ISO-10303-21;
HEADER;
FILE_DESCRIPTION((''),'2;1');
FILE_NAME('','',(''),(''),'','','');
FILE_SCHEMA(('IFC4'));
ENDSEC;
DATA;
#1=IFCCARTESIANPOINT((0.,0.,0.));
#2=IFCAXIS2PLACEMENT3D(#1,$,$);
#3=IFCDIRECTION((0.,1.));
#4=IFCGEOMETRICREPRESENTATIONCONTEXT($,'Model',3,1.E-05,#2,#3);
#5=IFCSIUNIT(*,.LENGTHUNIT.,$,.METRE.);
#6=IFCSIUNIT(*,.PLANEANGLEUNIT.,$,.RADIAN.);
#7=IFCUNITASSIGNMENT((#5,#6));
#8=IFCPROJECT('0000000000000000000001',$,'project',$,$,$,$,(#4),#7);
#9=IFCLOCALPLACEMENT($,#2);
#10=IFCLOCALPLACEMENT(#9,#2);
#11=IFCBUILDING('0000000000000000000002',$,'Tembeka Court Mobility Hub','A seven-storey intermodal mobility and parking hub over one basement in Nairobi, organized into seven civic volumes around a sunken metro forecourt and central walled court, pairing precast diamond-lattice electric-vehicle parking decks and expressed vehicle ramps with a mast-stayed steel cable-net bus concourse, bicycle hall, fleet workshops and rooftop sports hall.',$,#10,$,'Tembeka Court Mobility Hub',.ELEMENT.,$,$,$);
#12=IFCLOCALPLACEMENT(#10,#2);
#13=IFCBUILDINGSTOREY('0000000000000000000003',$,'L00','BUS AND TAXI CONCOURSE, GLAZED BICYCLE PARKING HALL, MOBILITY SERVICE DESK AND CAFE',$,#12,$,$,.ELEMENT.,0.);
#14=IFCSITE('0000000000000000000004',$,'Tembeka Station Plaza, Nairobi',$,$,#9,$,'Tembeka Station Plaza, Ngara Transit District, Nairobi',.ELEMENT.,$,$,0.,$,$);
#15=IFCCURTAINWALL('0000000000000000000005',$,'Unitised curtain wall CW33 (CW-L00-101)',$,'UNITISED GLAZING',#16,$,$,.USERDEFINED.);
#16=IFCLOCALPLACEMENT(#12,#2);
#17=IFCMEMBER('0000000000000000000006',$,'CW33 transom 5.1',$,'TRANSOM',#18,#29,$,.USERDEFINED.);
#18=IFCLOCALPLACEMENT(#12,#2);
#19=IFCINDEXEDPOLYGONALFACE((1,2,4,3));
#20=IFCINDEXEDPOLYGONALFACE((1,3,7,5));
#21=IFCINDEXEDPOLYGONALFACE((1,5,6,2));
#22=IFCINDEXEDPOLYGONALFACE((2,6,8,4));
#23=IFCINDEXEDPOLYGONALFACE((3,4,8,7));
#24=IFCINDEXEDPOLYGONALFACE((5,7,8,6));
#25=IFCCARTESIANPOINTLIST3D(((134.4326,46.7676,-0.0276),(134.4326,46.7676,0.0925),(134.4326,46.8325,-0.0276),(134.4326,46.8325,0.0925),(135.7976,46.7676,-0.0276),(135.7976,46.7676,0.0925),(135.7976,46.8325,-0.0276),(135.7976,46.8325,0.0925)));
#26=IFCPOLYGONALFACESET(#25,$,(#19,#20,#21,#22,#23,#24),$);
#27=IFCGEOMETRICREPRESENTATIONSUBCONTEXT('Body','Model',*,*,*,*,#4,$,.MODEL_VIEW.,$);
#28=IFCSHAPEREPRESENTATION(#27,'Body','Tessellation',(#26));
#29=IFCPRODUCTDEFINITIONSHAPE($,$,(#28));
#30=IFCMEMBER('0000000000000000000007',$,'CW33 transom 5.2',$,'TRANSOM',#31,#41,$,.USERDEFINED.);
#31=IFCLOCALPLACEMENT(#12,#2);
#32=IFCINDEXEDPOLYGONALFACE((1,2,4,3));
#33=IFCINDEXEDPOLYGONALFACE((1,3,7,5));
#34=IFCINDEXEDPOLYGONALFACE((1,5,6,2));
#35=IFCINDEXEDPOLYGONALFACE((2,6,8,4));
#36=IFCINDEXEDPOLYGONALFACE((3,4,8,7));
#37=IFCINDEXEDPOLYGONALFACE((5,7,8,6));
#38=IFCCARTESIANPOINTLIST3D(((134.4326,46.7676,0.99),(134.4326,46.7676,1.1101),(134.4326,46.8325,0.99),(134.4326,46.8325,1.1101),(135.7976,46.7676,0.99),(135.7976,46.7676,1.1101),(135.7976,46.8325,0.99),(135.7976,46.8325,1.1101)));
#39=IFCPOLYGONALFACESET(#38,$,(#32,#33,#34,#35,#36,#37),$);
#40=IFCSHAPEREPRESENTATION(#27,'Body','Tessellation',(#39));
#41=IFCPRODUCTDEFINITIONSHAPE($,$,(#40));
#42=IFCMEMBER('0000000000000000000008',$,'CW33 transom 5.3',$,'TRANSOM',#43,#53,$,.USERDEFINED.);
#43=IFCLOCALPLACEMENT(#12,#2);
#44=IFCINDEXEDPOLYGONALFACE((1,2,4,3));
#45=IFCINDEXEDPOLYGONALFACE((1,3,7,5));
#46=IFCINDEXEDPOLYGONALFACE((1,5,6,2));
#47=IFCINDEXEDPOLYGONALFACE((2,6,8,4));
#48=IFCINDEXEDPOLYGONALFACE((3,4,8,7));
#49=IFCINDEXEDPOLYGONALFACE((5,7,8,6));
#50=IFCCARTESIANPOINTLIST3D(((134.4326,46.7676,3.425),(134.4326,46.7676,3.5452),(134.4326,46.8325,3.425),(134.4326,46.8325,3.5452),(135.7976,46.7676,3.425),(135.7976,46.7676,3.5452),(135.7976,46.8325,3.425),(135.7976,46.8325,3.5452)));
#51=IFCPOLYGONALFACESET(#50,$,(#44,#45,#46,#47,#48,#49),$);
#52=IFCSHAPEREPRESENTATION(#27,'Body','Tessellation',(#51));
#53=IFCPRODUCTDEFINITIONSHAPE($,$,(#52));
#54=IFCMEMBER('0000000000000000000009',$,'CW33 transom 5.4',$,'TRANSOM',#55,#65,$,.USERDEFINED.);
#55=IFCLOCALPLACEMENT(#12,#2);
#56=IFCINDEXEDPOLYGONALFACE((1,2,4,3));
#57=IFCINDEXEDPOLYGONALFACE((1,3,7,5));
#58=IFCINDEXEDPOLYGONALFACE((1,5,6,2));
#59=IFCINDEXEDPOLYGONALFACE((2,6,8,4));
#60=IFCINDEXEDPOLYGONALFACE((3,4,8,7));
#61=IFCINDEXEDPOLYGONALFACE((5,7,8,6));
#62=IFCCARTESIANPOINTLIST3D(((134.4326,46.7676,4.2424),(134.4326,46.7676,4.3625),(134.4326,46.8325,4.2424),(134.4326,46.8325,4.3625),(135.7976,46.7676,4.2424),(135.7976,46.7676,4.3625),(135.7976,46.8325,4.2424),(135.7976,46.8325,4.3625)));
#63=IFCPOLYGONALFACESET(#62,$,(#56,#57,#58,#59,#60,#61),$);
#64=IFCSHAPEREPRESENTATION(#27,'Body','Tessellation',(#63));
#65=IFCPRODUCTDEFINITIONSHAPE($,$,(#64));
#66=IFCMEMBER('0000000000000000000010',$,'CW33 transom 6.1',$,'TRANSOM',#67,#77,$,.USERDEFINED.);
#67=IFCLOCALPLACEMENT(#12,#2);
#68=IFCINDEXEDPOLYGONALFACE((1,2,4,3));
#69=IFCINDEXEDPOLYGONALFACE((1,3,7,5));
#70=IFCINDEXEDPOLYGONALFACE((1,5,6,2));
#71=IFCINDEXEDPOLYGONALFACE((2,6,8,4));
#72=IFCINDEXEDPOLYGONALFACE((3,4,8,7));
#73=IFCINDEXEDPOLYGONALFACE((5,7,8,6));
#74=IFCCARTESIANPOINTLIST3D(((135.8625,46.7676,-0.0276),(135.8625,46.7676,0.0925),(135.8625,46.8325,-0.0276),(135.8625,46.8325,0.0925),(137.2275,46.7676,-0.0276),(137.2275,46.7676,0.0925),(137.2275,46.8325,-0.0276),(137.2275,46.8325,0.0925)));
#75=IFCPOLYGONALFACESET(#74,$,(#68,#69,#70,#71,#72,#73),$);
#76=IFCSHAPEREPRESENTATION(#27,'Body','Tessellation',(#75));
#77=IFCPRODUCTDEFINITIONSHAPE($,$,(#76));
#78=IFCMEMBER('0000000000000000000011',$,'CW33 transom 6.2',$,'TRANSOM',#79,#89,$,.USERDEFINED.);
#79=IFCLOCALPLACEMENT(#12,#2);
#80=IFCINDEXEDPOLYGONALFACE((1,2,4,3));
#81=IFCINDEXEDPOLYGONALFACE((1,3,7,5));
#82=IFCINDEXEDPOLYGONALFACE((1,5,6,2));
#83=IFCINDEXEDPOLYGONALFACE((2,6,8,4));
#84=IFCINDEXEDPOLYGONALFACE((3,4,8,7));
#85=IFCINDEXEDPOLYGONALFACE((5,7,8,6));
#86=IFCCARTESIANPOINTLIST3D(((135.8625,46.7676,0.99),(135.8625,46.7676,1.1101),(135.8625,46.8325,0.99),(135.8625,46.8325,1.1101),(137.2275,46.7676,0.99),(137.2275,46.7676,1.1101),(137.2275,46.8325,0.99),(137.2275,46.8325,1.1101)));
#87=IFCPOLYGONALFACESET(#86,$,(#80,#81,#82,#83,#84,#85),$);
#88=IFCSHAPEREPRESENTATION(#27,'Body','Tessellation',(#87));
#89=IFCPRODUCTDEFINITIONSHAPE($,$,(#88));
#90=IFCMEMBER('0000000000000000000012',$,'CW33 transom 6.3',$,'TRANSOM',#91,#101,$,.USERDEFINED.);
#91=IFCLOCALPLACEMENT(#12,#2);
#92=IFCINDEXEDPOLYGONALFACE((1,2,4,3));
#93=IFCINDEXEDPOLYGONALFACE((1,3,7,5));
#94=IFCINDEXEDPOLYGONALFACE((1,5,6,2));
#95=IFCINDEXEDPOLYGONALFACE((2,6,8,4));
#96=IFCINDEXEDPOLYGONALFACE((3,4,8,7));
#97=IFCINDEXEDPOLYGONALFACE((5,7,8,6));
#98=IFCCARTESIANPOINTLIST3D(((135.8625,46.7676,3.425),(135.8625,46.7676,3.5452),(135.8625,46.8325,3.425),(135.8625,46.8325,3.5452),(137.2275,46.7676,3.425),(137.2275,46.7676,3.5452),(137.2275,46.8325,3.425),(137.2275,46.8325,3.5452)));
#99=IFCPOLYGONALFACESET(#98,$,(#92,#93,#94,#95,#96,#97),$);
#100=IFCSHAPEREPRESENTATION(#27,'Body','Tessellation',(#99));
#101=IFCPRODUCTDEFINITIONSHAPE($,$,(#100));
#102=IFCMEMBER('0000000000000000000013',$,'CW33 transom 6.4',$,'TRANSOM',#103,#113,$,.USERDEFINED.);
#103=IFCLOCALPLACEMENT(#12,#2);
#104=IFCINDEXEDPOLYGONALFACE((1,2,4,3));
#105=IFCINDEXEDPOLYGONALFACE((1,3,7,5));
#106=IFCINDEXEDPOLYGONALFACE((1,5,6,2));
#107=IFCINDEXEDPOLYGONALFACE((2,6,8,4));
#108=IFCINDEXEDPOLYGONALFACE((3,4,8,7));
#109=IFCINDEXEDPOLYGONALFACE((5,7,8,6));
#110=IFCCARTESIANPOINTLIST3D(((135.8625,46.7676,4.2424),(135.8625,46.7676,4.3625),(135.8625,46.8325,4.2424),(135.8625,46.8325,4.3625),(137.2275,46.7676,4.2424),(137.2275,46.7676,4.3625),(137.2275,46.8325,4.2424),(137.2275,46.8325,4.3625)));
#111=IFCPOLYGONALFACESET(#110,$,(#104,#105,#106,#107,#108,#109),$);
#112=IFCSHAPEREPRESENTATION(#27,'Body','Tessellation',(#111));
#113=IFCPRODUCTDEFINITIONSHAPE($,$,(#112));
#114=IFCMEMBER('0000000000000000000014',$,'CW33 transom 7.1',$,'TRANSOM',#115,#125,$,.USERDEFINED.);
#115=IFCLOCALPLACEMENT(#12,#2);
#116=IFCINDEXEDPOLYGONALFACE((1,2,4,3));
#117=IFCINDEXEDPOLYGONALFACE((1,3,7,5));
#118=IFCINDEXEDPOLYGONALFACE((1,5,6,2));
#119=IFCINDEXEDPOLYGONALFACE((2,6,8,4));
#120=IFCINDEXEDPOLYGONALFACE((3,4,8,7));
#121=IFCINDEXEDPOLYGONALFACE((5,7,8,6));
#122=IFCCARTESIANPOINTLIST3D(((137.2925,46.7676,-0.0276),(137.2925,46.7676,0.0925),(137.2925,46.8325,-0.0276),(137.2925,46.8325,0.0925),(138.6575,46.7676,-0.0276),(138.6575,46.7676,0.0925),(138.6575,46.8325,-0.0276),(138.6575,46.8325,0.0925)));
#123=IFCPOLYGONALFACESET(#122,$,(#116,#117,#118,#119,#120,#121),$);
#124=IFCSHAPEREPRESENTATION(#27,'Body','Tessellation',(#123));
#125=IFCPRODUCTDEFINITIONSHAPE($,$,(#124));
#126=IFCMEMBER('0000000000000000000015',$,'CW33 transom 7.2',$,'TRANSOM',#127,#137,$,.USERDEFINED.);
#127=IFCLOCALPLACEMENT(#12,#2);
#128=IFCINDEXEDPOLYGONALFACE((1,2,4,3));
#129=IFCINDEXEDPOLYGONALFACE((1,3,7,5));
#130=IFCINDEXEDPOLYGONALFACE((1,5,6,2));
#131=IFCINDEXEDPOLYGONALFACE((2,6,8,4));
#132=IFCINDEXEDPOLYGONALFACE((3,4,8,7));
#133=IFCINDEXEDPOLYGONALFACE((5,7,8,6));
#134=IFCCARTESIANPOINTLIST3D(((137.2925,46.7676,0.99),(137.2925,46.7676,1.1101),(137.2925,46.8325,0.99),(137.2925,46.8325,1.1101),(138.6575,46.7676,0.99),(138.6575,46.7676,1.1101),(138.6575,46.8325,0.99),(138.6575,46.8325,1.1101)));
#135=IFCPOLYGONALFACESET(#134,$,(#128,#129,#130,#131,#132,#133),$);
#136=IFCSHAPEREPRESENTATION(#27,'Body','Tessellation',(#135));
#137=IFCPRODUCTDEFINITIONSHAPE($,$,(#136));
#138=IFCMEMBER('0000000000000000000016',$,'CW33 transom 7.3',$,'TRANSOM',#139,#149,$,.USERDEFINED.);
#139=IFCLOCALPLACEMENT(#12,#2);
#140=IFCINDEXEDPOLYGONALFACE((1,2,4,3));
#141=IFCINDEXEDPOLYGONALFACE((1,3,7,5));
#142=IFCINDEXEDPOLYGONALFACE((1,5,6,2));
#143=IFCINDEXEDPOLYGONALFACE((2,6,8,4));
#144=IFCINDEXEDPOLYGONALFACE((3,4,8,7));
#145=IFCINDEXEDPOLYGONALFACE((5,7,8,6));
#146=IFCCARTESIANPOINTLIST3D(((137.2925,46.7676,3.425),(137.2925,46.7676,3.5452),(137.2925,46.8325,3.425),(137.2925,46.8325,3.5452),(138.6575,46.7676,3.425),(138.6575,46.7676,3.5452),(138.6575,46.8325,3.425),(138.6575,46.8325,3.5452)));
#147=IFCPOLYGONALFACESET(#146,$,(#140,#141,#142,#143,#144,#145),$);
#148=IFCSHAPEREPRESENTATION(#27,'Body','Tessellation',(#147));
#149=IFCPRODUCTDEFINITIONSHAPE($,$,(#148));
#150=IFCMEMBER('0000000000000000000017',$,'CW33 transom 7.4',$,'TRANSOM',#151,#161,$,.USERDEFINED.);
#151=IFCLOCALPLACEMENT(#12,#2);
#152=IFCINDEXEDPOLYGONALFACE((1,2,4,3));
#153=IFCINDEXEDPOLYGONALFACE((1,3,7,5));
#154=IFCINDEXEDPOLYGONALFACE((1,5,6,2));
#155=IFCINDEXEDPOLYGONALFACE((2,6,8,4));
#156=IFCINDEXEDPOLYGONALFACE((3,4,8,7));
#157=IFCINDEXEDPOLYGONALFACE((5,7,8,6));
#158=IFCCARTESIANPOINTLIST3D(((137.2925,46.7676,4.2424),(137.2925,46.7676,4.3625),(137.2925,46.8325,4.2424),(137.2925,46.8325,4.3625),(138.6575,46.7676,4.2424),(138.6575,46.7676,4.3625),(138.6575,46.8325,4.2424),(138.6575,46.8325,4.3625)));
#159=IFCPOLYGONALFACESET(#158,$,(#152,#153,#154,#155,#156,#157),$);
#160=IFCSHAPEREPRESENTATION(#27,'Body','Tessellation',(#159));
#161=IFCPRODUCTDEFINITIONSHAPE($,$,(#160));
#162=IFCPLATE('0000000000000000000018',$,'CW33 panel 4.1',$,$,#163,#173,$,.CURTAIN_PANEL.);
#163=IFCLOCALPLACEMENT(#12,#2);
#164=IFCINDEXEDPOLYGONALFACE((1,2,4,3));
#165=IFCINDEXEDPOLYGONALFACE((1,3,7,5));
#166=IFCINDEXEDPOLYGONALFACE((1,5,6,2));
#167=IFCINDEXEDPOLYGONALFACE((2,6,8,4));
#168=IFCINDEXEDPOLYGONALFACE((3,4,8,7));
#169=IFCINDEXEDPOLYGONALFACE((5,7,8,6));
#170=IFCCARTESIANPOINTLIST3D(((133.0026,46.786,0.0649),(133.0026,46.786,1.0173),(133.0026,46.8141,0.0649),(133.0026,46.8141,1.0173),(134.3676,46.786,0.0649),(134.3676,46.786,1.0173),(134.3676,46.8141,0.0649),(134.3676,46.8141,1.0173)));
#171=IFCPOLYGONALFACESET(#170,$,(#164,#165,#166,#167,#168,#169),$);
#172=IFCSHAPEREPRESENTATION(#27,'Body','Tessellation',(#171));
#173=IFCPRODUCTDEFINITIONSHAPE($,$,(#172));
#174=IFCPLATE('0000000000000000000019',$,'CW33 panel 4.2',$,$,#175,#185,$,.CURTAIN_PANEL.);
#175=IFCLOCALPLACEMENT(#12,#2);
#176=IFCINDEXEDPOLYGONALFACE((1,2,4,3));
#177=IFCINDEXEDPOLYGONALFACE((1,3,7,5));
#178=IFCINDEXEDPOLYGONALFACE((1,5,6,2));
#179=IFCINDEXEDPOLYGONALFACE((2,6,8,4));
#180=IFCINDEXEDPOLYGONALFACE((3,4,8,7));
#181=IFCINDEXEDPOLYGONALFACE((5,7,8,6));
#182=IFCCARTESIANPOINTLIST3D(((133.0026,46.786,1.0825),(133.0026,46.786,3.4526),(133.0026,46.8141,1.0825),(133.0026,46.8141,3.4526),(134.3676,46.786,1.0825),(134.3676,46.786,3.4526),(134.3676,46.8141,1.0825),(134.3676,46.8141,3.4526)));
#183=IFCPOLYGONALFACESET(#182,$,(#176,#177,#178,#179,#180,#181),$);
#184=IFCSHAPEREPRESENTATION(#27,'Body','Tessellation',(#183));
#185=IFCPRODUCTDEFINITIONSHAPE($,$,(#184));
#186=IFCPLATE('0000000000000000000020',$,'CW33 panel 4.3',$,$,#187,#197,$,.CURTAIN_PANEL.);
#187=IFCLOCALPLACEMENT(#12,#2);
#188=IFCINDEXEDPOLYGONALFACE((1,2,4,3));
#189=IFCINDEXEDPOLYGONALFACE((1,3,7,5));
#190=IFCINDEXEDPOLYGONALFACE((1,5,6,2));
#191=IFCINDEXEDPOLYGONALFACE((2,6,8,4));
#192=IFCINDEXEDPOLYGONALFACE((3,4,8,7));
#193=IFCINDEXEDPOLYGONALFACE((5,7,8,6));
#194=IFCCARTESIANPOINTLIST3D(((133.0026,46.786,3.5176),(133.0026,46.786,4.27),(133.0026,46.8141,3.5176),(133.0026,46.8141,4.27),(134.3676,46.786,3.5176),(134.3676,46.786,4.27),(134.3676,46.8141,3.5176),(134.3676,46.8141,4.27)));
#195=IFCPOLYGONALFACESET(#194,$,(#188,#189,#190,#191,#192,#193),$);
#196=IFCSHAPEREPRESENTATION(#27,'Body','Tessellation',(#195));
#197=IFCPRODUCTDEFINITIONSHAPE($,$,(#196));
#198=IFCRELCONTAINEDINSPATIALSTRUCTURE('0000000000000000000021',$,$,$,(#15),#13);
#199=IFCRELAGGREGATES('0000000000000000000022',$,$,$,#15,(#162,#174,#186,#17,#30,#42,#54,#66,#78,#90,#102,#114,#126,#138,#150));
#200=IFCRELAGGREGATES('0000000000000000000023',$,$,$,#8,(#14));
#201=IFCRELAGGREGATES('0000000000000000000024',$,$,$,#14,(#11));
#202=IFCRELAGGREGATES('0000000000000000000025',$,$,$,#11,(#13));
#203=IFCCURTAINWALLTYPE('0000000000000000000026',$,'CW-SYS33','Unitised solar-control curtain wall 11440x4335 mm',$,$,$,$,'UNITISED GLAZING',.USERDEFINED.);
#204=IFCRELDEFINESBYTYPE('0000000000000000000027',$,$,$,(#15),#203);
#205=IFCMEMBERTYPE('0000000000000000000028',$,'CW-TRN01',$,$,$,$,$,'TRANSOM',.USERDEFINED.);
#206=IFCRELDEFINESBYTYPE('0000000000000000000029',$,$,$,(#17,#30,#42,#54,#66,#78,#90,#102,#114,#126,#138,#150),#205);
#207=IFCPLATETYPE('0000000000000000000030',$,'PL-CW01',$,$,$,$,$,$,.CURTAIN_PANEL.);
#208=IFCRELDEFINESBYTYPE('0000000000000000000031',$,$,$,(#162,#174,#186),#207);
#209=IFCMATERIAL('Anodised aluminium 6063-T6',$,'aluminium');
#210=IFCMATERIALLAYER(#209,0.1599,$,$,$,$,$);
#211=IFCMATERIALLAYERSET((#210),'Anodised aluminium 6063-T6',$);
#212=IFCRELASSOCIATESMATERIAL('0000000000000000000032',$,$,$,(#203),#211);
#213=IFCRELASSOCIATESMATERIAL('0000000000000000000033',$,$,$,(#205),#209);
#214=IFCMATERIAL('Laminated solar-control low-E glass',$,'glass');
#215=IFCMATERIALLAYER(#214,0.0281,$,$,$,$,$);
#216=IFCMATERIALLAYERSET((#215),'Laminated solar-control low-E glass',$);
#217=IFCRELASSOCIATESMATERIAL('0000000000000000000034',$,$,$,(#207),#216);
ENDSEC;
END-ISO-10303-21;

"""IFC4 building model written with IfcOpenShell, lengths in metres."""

from ifc_helpers import new_model, si_unit, direction, frame, origin, origin_2d, place, context, subcontext, project, spatial, rectangle, extrude, material, layer, layer_set, material_profile, profile_set, type_object, element, aggregate, save


model = new_model("IFC4")

# Units and contexts
model_context = context("Model", 3, precision=1e-05, world=origin(), true_north=direction((0.0, 1.0)))
body_context = subcontext(model_context, "Body", "Model", "MODEL_VIEW")
ifc_project = project(units=[si_unit("LENGTHUNIT", "METRE"), si_unit("PLANEANGLEUNIT", "RADIAN")], contexts=[model_context])

# Site, building, storey
site_placement = place(None, origin())
site = spatial("IfcSite", under=ifc_project, at=site_placement, Name="Tembeka Station Plaza, Nairobi", LongName="Tembeka Station Plaza, Ngara Transit District, Nairobi", CompositionType="ELEMENT", RefElevation=0.0)
building_placement = place(site_placement, origin())
building = spatial("IfcBuilding", under=site, at=building_placement, Name="Tembeka Court Mobility Hub", Description="A seven-storey intermodal mobility and parking hub over one basement in Nairobi, organized into seven civic volumes around a sunken metro forecourt and central walled court, pairing precast diamond-lattice electric-vehicle parking decks and expressed vehicle ramps with a mast-stayed steel cable-net bus concourse, bicycle hall, fleet workshops and rooftop sports hall.", LongName="Tembeka Court Mobility Hub", CompositionType="ELEMENT")
storey_placement = place(building_placement, origin())
storey = spatial("IfcBuildingStorey", under=building, at=storey_placement, Name="L00", Description="BUS AND TAXI CONCOURSE, GLAZED BICYCLE PARKING HALL, MOBILITY SERVICE DESK AND CAFE", CompositionType="ELEMENT", Elevation=0.0)

# Curtain wall, members, plates
ifc_material_1 = material(Name="Anodised aluminium 6063-T6", Category="aluminium")
ifc_layer_1 = layer(ifc_material_1, 0.1599)
ifc_layer_set_1 = layer_set([ifc_layer_1], Name="Anodised aluminium 6063-T6")
curtain_wall_type = type_object("IfcCurtainWallType", Name="CW-SYS33", Description="Unitised solar-control curtain wall 11440x4335 mm", ElementType="UNITISED GLAZING", PredefinedType="USERDEFINED", material=ifc_layer_set_1)
curtain_wall_placement = place(storey_placement, origin())
curtain_wall = element("IfcCurtainWall", 1, at=curtain_wall_placement, inside=storey, type_object=curtain_wall_type, Name="Unitised curtain wall CW33 (CW-L00-101)", ObjectType="UNITISED GLAZING", PredefinedType="USERDEFINED")
ifc_material_profile_1 = material_profile(ifc_material_1, rectangle(XDim=0.0649, YDim=0.1201, at=origin_2d()), Name="ALU-TRN 65x120")
ifc_profile_set_1 = profile_set([ifc_material_profile_1], Name="Anodised aluminium 6063-T6")
member_type_1 = type_object("IfcMemberType", Name="CW-TRN01", ElementType="TRANSOM", PredefinedType="USERDEFINED", material=ifc_profile_set_1)
member_1_placement = place(storey_placement, frame((134.4326, 46.8, 0.0325), z_axis=(1.0, 0.0, 0.0), x_axis=(0.0, 1.0, 0.0)))
member_1 = element("IfcMember", 2, at=member_1_placement, type_object=member_type_1, Name="CW33 transom 5.1", ObjectType="TRANSOM", PredefinedType="USERDEFINED", context=body_context, shape_type="SweptSolid", body=[
    extrude(rectangle(XDim=0.0649, YDim=0.1201, at=origin_2d()), origin(), (0.0, 0.0, 1.0), 1.365),
])
member_2_placement = place(storey_placement, frame((134.4326, 46.8, 1.05), z_axis=(1.0, 0.0, 0.0), x_axis=(0.0, 1.0, 0.0)))
member_2 = element("IfcMember", 3, at=member_2_placement, type_object=member_type_1, Name="CW33 transom 5.2", ObjectType="TRANSOM", PredefinedType="USERDEFINED", context=body_context, shape_type="SweptSolid", body=[
    extrude(rectangle(XDim=0.0649, YDim=0.1201, at=origin_2d()), origin(), (0.0, 0.0, 1.0), 1.365),
])
member_3_placement = place(storey_placement, frame((134.4326, 46.8, 3.4851), z_axis=(1.0, 0.0, 0.0), x_axis=(0.0, 1.0, 0.0)))
member_3 = element("IfcMember", 4, at=member_3_placement, type_object=member_type_1, Name="CW33 transom 5.3", ObjectType="TRANSOM", PredefinedType="USERDEFINED", context=body_context, shape_type="SweptSolid", body=[
    extrude(rectangle(XDim=0.0649, YDim=0.1201, at=origin_2d()), origin(), (0.0, 0.0, 1.0), 1.365),
])
member_4_placement = place(storey_placement, frame((134.4326, 46.8, 4.3025), z_axis=(1.0, 0.0, 0.0), x_axis=(0.0, 1.0, 0.0)))
member_4 = element("IfcMember", 5, at=member_4_placement, type_object=member_type_1, Name="CW33 transom 5.4", ObjectType="TRANSOM", PredefinedType="USERDEFINED", context=body_context, shape_type="SweptSolid", body=[
    extrude(rectangle(XDim=0.0649, YDim=0.1201, at=origin_2d()), origin(), (0.0, 0.0, 1.0), 1.365),
])
member_5_placement = place(storey_placement, frame((135.8625, 46.8, 0.0325), z_axis=(1.0, 0.0, 0.0), x_axis=(0.0, 1.0, 0.0)))
member_5 = element("IfcMember", 6, at=member_5_placement, type_object=member_type_1, Name="CW33 transom 6.1", ObjectType="TRANSOM", PredefinedType="USERDEFINED", context=body_context, shape_type="SweptSolid", body=[
    extrude(rectangle(XDim=0.0649, YDim=0.1201, at=origin_2d()), origin(), (0.0, 0.0, 1.0), 1.365),
])
member_6_placement = place(storey_placement, frame((135.8625, 46.8, 1.05), z_axis=(1.0, 0.0, 0.0), x_axis=(0.0, 1.0, 0.0)))
member_6 = element("IfcMember", 7, at=member_6_placement, type_object=member_type_1, Name="CW33 transom 6.2", ObjectType="TRANSOM", PredefinedType="USERDEFINED", context=body_context, shape_type="SweptSolid", body=[
    extrude(rectangle(XDim=0.0649, YDim=0.1201, at=origin_2d()), origin(), (0.0, 0.0, 1.0), 1.365),
])
member_7_placement = place(storey_placement, frame((135.8625, 46.8, 3.4851), z_axis=(1.0, 0.0, 0.0), x_axis=(0.0, 1.0, 0.0)))
member_7 = element("IfcMember", 8, at=member_7_placement, type_object=member_type_1, Name="CW33 transom 6.3", ObjectType="TRANSOM", PredefinedType="USERDEFINED", context=body_context, shape_type="SweptSolid", body=[
    extrude(rectangle(XDim=0.0649, YDim=0.1201, at=origin_2d()), origin(), (0.0, 0.0, 1.0), 1.365),
])
member_8_placement = place(storey_placement, frame((135.8625, 46.8, 4.3025), z_axis=(1.0, 0.0, 0.0), x_axis=(0.0, 1.0, 0.0)))
member_8 = element("IfcMember", 9, at=member_8_placement, type_object=member_type_1, Name="CW33 transom 6.4", ObjectType="TRANSOM", PredefinedType="USERDEFINED", context=body_context, shape_type="SweptSolid", body=[
    extrude(rectangle(XDim=0.0649, YDim=0.1201, at=origin_2d()), origin(), (0.0, 0.0, 1.0), 1.365),
])
member_9_placement = place(storey_placement, frame((137.2925, 46.8, 0.0325), z_axis=(1.0, 0.0, 0.0), x_axis=(0.0, 1.0, 0.0)))
member_9 = element("IfcMember", 10, at=member_9_placement, type_object=member_type_1, Name="CW33 transom 7.1", ObjectType="TRANSOM", PredefinedType="USERDEFINED", context=body_context, shape_type="SweptSolid", body=[
    extrude(rectangle(XDim=0.0649, YDim=0.1201, at=origin_2d()), origin(), (0.0, 0.0, 1.0), 1.365),
])
member_10_placement = place(storey_placement, frame((137.2925, 46.8, 1.05), z_axis=(1.0, 0.0, 0.0), x_axis=(0.0, 1.0, 0.0)))
member_10 = element("IfcMember", 11, at=member_10_placement, type_object=member_type_1, Name="CW33 transom 7.2", ObjectType="TRANSOM", PredefinedType="USERDEFINED", context=body_context, shape_type="SweptSolid", body=[
    extrude(rectangle(XDim=0.0649, YDim=0.1201, at=origin_2d()), origin(), (0.0, 0.0, 1.0), 1.365),
])
member_11_placement = place(storey_placement, frame((137.2925, 46.8, 3.4851), z_axis=(1.0, 0.0, 0.0), x_axis=(0.0, 1.0, 0.0)))
member_11 = element("IfcMember", 12, at=member_11_placement, type_object=member_type_1, Name="CW33 transom 7.3", ObjectType="TRANSOM", PredefinedType="USERDEFINED", context=body_context, shape_type="SweptSolid", body=[
    extrude(rectangle(XDim=0.0649, YDim=0.1201, at=origin_2d()), origin(), (0.0, 0.0, 1.0), 1.365),
])
member_12_placement = place(storey_placement, frame((137.2925, 46.8, 4.3025), z_axis=(1.0, 0.0, 0.0), x_axis=(0.0, 1.0, 0.0)))
member_12 = element("IfcMember", 13, at=member_12_placement, type_object=member_type_1, Name="CW33 transom 7.4", ObjectType="TRANSOM", PredefinedType="USERDEFINED", context=body_context, shape_type="SweptSolid", body=[
    extrude(rectangle(XDim=0.0649, YDim=0.1201, at=origin_2d()), origin(), (0.0, 0.0, 1.0), 1.365),
])
ifc_material_2 = material(Name="Laminated solar-control low-E glass", Category="glass")
ifc_layer_2 = layer(ifc_material_2, 0.0281)
ifc_layer_set_2 = layer_set([ifc_layer_2], Name="Laminated solar-control low-E glass")
plate_type = type_object("IfcPlateType", Name="PL-CW01", PredefinedType="CURTAIN_PANEL", material=ifc_layer_set_2)
plate_1_placement = place(storey_placement, frame((133.6851, 46.8, 0.0649), z_axis=(0.0, 0.0, 1.0), x_axis=(1.0, 0.0, 0.0)))
plate_1 = element("IfcPlate", 14, at=plate_1_placement, type_object=plate_type, Name="CW33 panel 4.1", PredefinedType="CURTAIN_PANEL", context=body_context, shape_type="SweptSolid", body=[
    extrude(rectangle(XDim=1.365, YDim=0.0281, at=origin_2d()), origin(), (0.0, 0.0, 1.0), 0.9524),
])
plate_2_placement = place(storey_placement, frame((133.6851, 46.8, 1.0825), z_axis=(0.0, 0.0, 1.0), x_axis=(1.0, 0.0, 0.0)))
plate_2 = element("IfcPlate", 15, at=plate_2_placement, type_object=plate_type, Name="CW33 panel 4.2", PredefinedType="CURTAIN_PANEL", context=body_context, shape_type="SweptSolid", body=[
    extrude(rectangle(XDim=1.365, YDim=0.0281, at=origin_2d()), origin(), (0.0, 0.0, 1.0), 2.3701),
])
plate_3_placement = place(storey_placement, frame((133.6851, 46.8, 3.5176), z_axis=(0.0, 0.0, 1.0), x_axis=(1.0, 0.0, 0.0)))
plate_3 = element("IfcPlate", 16, at=plate_3_placement, type_object=plate_type, Name="CW33 panel 4.3", PredefinedType="CURTAIN_PANEL", context=body_context, shape_type="SweptSolid", body=[
    extrude(rectangle(XDim=1.365, YDim=0.0281, at=origin_2d()), origin(), (0.0, 0.0, 1.0), 0.7524),
])
aggregate(curtain_wall, [plate_1, plate_2, plate_3, member_1, member_2, member_3, member_4, member_5, member_6, member_7, member_8, member_9, member_10, member_11, member_12])

save(model, "model.ifc")
